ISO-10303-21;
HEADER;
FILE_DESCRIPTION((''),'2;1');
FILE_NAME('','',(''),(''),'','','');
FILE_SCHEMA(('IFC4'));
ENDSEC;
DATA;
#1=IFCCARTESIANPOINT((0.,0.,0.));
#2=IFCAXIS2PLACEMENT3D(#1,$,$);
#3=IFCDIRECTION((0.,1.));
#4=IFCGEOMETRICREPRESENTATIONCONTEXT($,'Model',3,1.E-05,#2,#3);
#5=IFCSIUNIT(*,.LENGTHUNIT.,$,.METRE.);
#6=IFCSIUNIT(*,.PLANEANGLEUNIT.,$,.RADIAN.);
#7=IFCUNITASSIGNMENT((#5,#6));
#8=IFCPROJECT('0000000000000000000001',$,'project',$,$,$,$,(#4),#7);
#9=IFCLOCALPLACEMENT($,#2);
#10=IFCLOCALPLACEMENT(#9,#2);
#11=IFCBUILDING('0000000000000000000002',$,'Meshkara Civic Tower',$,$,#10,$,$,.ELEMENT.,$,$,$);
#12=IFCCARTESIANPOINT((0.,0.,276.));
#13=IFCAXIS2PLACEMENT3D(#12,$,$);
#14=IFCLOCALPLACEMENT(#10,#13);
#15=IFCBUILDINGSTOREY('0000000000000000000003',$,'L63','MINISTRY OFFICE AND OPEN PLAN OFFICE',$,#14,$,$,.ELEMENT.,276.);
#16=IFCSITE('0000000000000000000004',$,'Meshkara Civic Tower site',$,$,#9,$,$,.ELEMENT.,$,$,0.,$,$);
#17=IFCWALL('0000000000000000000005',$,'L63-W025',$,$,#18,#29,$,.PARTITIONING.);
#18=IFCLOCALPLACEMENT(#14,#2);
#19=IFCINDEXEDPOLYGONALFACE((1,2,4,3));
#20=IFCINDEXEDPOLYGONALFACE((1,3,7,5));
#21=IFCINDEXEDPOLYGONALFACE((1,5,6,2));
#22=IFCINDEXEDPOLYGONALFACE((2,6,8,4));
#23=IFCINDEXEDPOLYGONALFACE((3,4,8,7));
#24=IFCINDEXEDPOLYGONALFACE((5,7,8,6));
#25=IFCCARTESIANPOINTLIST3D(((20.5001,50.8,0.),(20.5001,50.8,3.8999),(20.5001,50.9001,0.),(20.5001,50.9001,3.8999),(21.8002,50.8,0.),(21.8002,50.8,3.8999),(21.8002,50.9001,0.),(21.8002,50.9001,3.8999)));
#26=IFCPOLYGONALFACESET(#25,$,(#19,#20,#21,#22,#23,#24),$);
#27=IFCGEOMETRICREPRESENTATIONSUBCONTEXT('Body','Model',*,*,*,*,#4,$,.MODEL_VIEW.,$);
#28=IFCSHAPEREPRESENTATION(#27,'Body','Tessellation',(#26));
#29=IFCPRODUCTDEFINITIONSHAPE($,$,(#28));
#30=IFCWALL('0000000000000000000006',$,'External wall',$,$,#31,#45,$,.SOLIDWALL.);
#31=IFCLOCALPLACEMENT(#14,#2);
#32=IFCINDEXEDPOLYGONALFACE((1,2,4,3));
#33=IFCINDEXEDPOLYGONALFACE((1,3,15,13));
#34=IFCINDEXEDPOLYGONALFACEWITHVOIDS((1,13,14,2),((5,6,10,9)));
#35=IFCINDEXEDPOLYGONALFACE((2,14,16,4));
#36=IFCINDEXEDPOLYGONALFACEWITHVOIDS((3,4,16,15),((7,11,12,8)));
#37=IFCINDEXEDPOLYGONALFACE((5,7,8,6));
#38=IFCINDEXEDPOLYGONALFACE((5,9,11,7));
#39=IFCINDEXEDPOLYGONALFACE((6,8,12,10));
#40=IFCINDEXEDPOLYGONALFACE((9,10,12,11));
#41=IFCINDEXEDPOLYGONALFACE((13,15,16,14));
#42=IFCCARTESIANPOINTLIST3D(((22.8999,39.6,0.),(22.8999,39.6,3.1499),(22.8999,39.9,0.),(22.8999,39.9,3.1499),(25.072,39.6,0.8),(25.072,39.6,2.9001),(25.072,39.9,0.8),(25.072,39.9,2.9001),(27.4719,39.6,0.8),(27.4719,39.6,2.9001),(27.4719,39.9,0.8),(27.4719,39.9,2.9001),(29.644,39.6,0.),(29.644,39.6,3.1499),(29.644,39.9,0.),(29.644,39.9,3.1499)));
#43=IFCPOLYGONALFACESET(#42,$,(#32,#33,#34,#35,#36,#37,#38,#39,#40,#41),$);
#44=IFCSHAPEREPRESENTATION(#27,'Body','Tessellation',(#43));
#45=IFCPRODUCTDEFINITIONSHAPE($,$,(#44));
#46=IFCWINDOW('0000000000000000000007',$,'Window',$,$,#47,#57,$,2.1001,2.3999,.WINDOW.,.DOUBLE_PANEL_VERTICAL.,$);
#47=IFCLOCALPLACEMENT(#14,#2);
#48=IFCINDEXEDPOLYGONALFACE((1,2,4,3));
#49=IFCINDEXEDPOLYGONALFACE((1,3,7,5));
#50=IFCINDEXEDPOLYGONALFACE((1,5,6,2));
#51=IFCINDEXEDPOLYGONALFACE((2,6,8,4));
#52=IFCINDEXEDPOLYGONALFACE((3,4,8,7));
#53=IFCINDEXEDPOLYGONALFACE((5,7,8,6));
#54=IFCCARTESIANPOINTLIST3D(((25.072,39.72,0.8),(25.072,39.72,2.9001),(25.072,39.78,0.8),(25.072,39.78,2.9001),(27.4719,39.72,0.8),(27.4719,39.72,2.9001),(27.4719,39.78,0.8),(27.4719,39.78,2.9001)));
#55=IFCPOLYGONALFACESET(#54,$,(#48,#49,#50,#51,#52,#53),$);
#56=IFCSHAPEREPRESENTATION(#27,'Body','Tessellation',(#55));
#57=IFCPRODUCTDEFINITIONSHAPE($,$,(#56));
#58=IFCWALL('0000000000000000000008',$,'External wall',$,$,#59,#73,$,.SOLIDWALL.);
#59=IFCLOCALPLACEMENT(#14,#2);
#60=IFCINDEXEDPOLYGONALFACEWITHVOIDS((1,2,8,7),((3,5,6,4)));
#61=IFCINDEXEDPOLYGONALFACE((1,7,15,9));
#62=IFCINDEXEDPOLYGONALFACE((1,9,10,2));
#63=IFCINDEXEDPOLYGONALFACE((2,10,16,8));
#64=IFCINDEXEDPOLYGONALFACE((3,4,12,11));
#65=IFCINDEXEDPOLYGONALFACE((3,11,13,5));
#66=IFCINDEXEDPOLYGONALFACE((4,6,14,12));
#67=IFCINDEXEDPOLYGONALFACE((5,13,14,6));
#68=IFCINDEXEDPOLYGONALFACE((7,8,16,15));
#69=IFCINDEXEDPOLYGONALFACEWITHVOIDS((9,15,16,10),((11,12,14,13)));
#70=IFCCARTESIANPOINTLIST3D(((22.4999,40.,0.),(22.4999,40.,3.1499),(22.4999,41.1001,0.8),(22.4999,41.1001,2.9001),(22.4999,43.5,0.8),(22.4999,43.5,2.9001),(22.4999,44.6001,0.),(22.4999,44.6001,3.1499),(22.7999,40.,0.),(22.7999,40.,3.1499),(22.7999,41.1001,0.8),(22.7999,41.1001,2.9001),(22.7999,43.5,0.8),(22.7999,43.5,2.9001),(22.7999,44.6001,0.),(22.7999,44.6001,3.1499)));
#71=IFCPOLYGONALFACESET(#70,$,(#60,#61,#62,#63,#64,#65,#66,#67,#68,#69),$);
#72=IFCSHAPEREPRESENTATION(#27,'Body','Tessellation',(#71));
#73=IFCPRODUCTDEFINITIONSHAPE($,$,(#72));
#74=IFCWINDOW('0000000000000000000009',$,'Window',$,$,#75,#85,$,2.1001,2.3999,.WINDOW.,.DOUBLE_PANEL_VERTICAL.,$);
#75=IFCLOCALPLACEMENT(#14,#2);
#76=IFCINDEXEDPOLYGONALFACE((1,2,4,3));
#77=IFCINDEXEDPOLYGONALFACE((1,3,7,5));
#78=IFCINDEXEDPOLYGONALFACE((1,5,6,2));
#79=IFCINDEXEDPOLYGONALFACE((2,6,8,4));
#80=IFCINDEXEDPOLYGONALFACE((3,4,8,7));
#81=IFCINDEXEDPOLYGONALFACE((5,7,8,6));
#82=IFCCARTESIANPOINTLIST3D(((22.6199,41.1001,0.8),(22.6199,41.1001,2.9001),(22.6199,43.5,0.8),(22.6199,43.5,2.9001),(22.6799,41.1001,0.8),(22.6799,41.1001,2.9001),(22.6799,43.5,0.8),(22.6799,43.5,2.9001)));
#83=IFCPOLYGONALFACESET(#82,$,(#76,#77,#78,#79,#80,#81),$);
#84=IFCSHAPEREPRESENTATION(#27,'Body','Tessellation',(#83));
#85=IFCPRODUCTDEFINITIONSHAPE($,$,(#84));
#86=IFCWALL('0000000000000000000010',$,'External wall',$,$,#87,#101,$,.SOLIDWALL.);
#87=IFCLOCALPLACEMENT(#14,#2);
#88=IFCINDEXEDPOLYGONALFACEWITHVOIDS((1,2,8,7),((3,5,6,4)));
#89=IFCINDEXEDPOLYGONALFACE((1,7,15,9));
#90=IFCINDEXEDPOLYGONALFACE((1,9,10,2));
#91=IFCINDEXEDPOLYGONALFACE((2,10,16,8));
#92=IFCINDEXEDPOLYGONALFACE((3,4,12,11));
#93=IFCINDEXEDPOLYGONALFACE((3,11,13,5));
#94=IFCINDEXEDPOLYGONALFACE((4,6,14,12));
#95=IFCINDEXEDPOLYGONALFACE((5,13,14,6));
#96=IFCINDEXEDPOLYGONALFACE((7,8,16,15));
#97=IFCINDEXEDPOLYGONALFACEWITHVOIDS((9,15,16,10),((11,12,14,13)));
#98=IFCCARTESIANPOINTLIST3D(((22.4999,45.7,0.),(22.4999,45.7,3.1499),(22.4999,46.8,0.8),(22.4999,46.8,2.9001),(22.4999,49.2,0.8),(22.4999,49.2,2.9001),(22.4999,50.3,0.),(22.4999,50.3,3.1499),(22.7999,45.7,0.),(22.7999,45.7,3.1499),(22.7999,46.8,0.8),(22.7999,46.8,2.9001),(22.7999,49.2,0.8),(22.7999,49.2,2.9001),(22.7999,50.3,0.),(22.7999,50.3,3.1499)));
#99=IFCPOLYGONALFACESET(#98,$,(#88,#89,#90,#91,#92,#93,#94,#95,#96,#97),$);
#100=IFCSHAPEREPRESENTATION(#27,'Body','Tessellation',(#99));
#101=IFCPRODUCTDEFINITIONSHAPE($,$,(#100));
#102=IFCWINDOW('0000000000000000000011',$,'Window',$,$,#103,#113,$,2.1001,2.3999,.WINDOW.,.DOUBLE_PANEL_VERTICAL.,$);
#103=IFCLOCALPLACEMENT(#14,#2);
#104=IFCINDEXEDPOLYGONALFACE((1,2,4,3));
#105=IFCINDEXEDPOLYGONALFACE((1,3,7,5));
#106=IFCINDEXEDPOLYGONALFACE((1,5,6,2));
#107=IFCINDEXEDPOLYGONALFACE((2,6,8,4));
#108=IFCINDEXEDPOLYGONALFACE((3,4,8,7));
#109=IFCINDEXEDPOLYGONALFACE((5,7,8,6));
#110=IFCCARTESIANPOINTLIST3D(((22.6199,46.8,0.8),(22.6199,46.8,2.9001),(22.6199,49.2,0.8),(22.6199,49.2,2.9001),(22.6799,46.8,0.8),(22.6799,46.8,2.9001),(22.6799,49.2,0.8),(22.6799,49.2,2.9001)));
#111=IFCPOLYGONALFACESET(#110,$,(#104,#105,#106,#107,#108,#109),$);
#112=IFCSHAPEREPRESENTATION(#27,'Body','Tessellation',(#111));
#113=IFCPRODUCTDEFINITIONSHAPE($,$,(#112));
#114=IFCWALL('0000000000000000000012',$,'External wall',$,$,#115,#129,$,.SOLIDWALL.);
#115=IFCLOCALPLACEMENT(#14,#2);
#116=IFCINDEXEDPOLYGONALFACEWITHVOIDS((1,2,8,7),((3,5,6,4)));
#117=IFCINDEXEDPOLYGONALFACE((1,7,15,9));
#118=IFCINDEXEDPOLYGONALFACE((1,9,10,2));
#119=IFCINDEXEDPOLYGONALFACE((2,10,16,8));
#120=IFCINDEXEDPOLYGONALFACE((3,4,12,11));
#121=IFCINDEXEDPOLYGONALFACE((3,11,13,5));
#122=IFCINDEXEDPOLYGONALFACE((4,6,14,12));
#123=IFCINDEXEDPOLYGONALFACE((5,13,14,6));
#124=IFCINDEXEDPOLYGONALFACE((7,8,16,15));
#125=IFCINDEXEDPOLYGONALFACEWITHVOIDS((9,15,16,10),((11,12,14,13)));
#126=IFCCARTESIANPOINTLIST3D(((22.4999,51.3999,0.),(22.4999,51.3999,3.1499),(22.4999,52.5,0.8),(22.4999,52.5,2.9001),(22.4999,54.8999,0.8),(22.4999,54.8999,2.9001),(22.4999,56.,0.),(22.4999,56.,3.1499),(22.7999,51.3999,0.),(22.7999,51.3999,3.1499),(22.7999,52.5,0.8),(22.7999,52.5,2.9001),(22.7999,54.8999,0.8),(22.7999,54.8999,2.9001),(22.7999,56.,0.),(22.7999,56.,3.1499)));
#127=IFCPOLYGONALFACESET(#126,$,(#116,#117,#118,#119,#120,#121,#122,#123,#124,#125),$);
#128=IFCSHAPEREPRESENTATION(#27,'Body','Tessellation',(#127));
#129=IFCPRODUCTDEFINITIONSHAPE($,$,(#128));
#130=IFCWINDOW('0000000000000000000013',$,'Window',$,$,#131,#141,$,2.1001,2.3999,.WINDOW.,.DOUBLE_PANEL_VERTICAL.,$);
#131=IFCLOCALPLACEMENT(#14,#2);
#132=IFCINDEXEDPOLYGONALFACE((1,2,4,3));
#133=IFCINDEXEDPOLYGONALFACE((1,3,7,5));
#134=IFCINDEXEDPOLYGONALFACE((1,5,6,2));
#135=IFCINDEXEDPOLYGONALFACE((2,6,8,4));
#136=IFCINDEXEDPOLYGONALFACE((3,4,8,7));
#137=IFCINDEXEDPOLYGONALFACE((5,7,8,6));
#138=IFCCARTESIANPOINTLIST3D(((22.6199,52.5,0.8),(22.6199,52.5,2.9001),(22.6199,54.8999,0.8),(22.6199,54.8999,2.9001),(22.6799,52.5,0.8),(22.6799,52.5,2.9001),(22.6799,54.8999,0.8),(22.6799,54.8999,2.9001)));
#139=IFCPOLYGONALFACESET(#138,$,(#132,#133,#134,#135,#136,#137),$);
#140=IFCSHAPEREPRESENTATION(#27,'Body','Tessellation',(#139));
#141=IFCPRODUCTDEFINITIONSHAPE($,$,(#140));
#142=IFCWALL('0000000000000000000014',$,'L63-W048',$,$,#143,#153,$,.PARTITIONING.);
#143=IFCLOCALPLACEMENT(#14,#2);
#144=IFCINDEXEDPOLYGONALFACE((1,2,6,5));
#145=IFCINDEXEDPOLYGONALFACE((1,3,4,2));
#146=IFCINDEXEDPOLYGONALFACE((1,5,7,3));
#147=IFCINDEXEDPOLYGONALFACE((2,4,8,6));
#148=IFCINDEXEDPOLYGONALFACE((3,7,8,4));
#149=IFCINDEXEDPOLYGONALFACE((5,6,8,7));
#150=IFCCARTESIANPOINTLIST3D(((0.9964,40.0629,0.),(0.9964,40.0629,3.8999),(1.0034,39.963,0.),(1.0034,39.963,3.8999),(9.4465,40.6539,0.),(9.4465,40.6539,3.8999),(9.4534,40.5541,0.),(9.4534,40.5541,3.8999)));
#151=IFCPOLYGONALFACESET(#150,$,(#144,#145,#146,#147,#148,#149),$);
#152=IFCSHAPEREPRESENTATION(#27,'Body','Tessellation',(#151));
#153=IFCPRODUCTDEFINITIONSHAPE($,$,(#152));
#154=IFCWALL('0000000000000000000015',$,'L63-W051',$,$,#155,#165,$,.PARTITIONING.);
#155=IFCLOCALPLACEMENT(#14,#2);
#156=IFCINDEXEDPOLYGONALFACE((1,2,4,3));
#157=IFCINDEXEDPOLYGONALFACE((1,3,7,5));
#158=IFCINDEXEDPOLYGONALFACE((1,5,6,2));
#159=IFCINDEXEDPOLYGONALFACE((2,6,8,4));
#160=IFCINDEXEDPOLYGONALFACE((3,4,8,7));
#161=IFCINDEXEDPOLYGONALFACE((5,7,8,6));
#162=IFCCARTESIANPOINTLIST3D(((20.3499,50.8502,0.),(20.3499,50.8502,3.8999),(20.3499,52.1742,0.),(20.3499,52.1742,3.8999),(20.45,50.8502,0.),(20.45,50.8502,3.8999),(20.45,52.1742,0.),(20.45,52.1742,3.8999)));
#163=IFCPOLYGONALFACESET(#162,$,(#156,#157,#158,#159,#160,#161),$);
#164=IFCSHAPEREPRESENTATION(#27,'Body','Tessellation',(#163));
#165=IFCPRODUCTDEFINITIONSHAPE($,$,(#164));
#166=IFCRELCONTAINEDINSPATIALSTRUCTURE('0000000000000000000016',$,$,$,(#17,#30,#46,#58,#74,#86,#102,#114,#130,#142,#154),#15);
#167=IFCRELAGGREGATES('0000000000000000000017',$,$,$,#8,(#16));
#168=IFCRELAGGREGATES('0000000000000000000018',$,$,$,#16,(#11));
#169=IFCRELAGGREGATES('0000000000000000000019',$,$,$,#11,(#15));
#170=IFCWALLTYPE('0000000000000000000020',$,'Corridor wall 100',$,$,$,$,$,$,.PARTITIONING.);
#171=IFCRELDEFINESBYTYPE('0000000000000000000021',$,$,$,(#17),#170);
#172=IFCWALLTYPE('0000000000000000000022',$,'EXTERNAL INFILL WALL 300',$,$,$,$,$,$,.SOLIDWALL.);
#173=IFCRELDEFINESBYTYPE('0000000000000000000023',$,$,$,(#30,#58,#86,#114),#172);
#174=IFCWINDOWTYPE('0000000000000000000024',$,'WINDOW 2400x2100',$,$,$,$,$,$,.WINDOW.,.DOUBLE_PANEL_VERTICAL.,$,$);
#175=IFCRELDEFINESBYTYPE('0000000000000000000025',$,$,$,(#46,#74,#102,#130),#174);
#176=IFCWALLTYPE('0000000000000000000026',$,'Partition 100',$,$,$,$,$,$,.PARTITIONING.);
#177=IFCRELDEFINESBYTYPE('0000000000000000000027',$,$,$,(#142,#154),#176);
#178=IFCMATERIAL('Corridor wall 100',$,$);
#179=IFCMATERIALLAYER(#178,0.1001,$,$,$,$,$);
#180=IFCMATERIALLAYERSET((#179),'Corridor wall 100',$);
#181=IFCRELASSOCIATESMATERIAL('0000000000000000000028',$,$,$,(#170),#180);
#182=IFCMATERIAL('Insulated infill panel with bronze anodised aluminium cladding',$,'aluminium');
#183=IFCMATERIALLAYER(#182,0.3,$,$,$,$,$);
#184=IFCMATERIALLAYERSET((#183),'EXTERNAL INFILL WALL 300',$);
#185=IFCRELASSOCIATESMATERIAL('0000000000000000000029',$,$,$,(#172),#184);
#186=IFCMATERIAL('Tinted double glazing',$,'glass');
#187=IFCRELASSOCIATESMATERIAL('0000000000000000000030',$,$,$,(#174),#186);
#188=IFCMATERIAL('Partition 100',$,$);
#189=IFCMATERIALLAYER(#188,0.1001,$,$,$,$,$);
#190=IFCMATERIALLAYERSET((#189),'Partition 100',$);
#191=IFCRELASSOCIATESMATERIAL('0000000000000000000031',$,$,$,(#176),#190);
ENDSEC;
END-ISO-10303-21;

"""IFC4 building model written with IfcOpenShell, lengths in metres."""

from ifc_helpers import new_model, si_unit, direction, frame, frame_2d, origin, place, context, subcontext, project, spatial, rectangle, extrude, material, layer, layer_set, type_object, element, fill, save


model = new_model("IFC4")

# Units and contexts
model_context = context("Model", 3, precision=1e-05, world=origin(), true_north=direction((0.0, 1.0)))
body_context = subcontext(model_context, "Body", "Model", "MODEL_VIEW")
ifc_project = project(units=[si_unit("LENGTHUNIT", "METRE"), si_unit("PLANEANGLEUNIT", "RADIAN")], contexts=[model_context])

# Site, building, storey
site_placement = place(None, origin())
site = spatial("IfcSite", under=ifc_project, at=site_placement, Name="Meshkara Civic Tower site", CompositionType="ELEMENT", RefElevation=0.0)
building_placement = place(site_placement, origin())
building = spatial("IfcBuilding", under=site, at=building_placement, Name="Meshkara Civic Tower", CompositionType="ELEMENT")
storey_placement = place(building_placement, frame((0.0, 0.0, 276.0)))
storey = spatial("IfcBuildingStorey", under=building, at=storey_placement, Name="L63", Description="MINISTRY OFFICE AND OPEN PLAN OFFICE", CompositionType="ELEMENT", Elevation=276.0)

# Shared definitions
ifc_material_1 = material(Name="Corridor wall 100")
ifc_layer_1 = layer(ifc_material_1, 0.1001)
ifc_layer_set_1 = layer_set([ifc_layer_1], Name="Corridor wall 100")
wall_type_1 = type_object("IfcWallType", Name="Corridor wall 100", PredefinedType="PARTITIONING", material=ifc_layer_set_1)

# Wall
wall_1_placement = place(storey_placement, frame((21.8, 50.8501, 0.0), z_axis=(0.0, 0.0, 1.0), x_axis=(-1.0, 0.0, 0.0)))
element("IfcWall", 1, at=wall_1_placement, inside=storey, type_object=wall_type_1, Name="L63-W025", PredefinedType="PARTITIONING", context=body_context, shape_type="SweptSolid", body=[
    extrude(rectangle(XDim=1.3, YDim=0.1001, at=frame_2d((0.6499, 0.0))), origin(), (0.0, 0.0, 1.0), 3.8999),
])

# Walls, openings, windows
ifc_material_2 = material(Name="Insulated infill panel with bronze anodised aluminium cladding", Category="aluminium")
ifc_layer_2 = layer(ifc_material_2, 0.3)
ifc_layer_set_2 = layer_set([ifc_layer_2], Name="EXTERNAL INFILL WALL 300")
wall_type_2 = type_object("IfcWallType", Name="EXTERNAL INFILL WALL 300", PredefinedType="SOLIDWALL", material=ifc_layer_set_2)
wall_2_placement = place(storey_placement, frame((29.644, 39.75, 0.0), z_axis=(0.0, 0.0, 1.0), x_axis=(-1.0, 0.0, 0.0)))
wall_2 = element("IfcWall", 2, at=wall_2_placement, inside=storey, type_object=wall_type_2, Name="External wall", PredefinedType="SOLIDWALL", context=body_context, shape_type="SweptSolid", body=[
    extrude(rectangle(XDim=6.7441, YDim=0.3, at=frame_2d((3.3721, 0.0))), origin(), (0.0, 0.0, 1.0), 3.1499),
])
opening_1_placement = place(wall_2_placement, frame((2.1721, 0.0, 0.8)))
opening_1 = element("IfcOpeningElement", 3, at=opening_1_placement, cuts=wall_2, PredefinedType="OPENING", context=body_context, shape_type="SweptSolid", body=[
    extrude(rectangle(XDim=2.3999, YDim=2.1001, at=frame_2d((1.2, 1.05))), frame((0.0, 0.1599, 0.0), z_axis=(0.0, -1.0, 0.0), x_axis=(1.0, 0.0, 0.0)), (0.0, 0.0, 1.0), 0.3201),
])
ifc_material_3 = material(Name="Tinted double glazing", Category="glass")
window_type = type_object("IfcWindowType", Name="WINDOW 2400x2100", PartitioningType="DOUBLE_PANEL_VERTICAL", PredefinedType="WINDOW", material=ifc_material_3)
window_1_placement = place(opening_1_placement, origin())
window_1 = element("IfcWindow", 4, at=window_1_placement, inside=storey, type_object=window_type, Name="Window", OverallHeight=2.1001, OverallWidth=2.3999, PartitioningType="DOUBLE_PANEL_VERTICAL", PredefinedType="WINDOW", context=body_context, shape_type="SweptSolid", body=[
    extrude(rectangle(XDim=2.3999, YDim=2.1001, at=frame_2d((1.2, 1.05))), frame((0.0, 0.03, 0.0), z_axis=(0.0, -1.0, 0.0), x_axis=(1.0, 0.0, 0.0)), (0.0, 0.0, 1.0), 0.0601),
])
fill(opening_1, window_1)
wall_3_placement = place(storey_placement, frame((22.6499, 40.0, 0.0), z_axis=(0.0, 0.0, 1.0), x_axis=(0.0, 1.0, 0.0)))
wall_3 = element("IfcWall", 5, at=wall_3_placement, inside=storey, type_object=wall_type_2, Name="External wall", PredefinedType="SOLIDWALL", context=body_context, shape_type="SweptSolid", body=[
    extrude(rectangle(XDim=4.6001, YDim=0.3, at=frame_2d((2.3, 0.0))), origin(), (0.0, 0.0, 1.0), 3.1499),
])
opening_2_placement = place(wall_3_placement, frame((1.1001, 0.0, 0.8)))
opening_2 = element("IfcOpeningElement", 6, at=opening_2_placement, cuts=wall_3, PredefinedType="OPENING", context=body_context, shape_type="SweptSolid", body=[
    extrude(rectangle(XDim=2.3999, YDim=2.1001, at=frame_2d((1.2, 1.05))), frame((0.0, 0.1599, 0.0), z_axis=(0.0, -1.0, 0.0), x_axis=(1.0, 0.0, 0.0)), (0.0, 0.0, 1.0), 0.3201),
])
window_2_placement = place(opening_2_placement, origin())
window_2 = element("IfcWindow", 7, at=window_2_placement, inside=storey, type_object=window_type, Name="Window", OverallHeight=2.1001, OverallWidth=2.3999, PartitioningType="DOUBLE_PANEL_VERTICAL", PredefinedType="WINDOW", context=body_context, shape_type="SweptSolid", body=[
    extrude(rectangle(XDim=2.3999, YDim=2.1001, at=frame_2d((1.2, 1.05))), frame((0.0, 0.03, 0.0), z_axis=(0.0, -1.0, 0.0), x_axis=(1.0, 0.0, 0.0)), (0.0, 0.0, 1.0), 0.0601),
])
fill(opening_2, window_2)
wall_4_placement = place(storey_placement, frame((22.6499, 45.7, 0.0), z_axis=(0.0, 0.0, 1.0), x_axis=(0.0, 1.0, 0.0)))
wall_4 = element("IfcWall", 8, at=wall_4_placement, inside=storey, type_object=wall_type_2, Name="External wall", PredefinedType="SOLIDWALL", context=body_context, shape_type="SweptSolid", body=[
    extrude(rectangle(XDim=4.6001, YDim=0.3, at=frame_2d((2.3, 0.0))), origin(), (0.0, 0.0, 1.0), 3.1499),
])
opening_3_placement = place(wall_4_placement, frame((1.1001, 0.0, 0.8)))
opening_3 = element("IfcOpeningElement", 9, at=opening_3_placement, cuts=wall_4, PredefinedType="OPENING", context=body_context, shape_type="SweptSolid", body=[
    extrude(rectangle(XDim=2.3999, YDim=2.1001, at=frame_2d((1.2, 1.05))), frame((0.0, 0.1599, 0.0), z_axis=(0.0, -1.0, 0.0), x_axis=(1.0, 0.0, 0.0)), (0.0, 0.0, 1.0), 0.3201),
])
window_3_placement = place(opening_3_placement, origin())
window_3 = element("IfcWindow", 10, at=window_3_placement, inside=storey, type_object=window_type, Name="Window", OverallHeight=2.1001, OverallWidth=2.3999, PartitioningType="DOUBLE_PANEL_VERTICAL", PredefinedType="WINDOW", context=body_context, shape_type="SweptSolid", body=[
    extrude(rectangle(XDim=2.3999, YDim=2.1001, at=frame_2d((1.2, 1.05))), frame((0.0, 0.03, 0.0), z_axis=(0.0, -1.0, 0.0), x_axis=(1.0, 0.0, 0.0)), (0.0, 0.0, 1.0), 0.0601),
])
fill(opening_3, window_3)
wall_5_placement = place(storey_placement, frame((22.6499, 51.3999, 0.0), z_axis=(0.0, 0.0, 1.0), x_axis=(0.0, 1.0, 0.0)))
wall_5 = element("IfcWall", 11, at=wall_5_placement, inside=storey, type_object=wall_type_2, Name="External wall", PredefinedType="SOLIDWALL", context=body_context, shape_type="SweptSolid", body=[
    extrude(rectangle(XDim=4.6001, YDim=0.3, at=frame_2d((2.3, 0.0))), origin(), (0.0, 0.0, 1.0), 3.1499),
])
opening_4_placement = place(wall_5_placement, frame((1.1001, 0.0, 0.8)))
opening_4 = element("IfcOpeningElement", 12, at=opening_4_placement, cuts=wall_5, PredefinedType="OPENING", context=body_context, shape_type="SweptSolid", body=[
    extrude(rectangle(XDim=2.3999, YDim=2.1001, at=frame_2d((1.2, 1.05))), frame((0.0, 0.1599, 0.0), z_axis=(0.0, -1.0, 0.0), x_axis=(1.0, 0.0, 0.0)), (0.0, 0.0, 1.0), 0.3201),
])
window_4_placement = place(opening_4_placement, origin())
window_4 = element("IfcWindow", 13, at=window_4_placement, inside=storey, type_object=window_type, Name="Window", OverallHeight=2.1001, OverallWidth=2.3999, PartitioningType="DOUBLE_PANEL_VERTICAL", PredefinedType="WINDOW", context=body_context, shape_type="SweptSolid", body=[
    extrude(rectangle(XDim=2.3999, YDim=2.1001, at=frame_2d((1.2, 1.05))), frame((0.0, 0.03, 0.0), z_axis=(0.0, -1.0, 0.0), x_axis=(1.0, 0.0, 0.0)), (0.0, 0.0, 1.0), 0.0601),
])
fill(opening_4, window_4)

# Walls
ifc_material_4 = material(Name="Partition 100")
ifc_layer_3 = layer(ifc_material_4, 0.1001)
ifc_layer_set_3 = layer_set([ifc_layer_3], Name="Partition 100")
wall_type_3 = type_object("IfcWallType", Name="Partition 100", PredefinedType="PARTITIONING", material=ifc_layer_set_3)
wall_6_placement = place(storey_placement, frame((9.45, 40.604, 0.0), z_axis=(0.0, 0.0, 1.0), x_axis=(-0.997563, -0.069778, 0.0)))
element("IfcWall", 14, at=wall_6_placement, inside=storey, type_object=wall_type_3, Name="L63-W048", PredefinedType="PARTITIONING", context=body_context, shape_type="SweptSolid", body=[
    extrude(rectangle(XDim=8.4707, YDim=0.1001, at=frame_2d((4.2354, 0.0))), origin(), (0.0, 0.0, 1.0), 3.8999),
])
wall_7_placement = place(storey_placement, frame((20.3999, 50.8501, 0.0), z_axis=(0.0, 0.0, 1.0), x_axis=(0.0, 1.0, 0.0)))
element("IfcWall", 15, at=wall_7_placement, inside=storey, type_object=wall_type_3, Name="L63-W051", PredefinedType="PARTITIONING", context=body_context, shape_type="SweptSolid", body=[
    extrude(rectangle(XDim=1.324, YDim=0.1001, at=frame_2d((0.6621, 0.0))), origin(), (0.0, 0.0, 1.0), 3.8999),
])

save(model, "model.ifc")
